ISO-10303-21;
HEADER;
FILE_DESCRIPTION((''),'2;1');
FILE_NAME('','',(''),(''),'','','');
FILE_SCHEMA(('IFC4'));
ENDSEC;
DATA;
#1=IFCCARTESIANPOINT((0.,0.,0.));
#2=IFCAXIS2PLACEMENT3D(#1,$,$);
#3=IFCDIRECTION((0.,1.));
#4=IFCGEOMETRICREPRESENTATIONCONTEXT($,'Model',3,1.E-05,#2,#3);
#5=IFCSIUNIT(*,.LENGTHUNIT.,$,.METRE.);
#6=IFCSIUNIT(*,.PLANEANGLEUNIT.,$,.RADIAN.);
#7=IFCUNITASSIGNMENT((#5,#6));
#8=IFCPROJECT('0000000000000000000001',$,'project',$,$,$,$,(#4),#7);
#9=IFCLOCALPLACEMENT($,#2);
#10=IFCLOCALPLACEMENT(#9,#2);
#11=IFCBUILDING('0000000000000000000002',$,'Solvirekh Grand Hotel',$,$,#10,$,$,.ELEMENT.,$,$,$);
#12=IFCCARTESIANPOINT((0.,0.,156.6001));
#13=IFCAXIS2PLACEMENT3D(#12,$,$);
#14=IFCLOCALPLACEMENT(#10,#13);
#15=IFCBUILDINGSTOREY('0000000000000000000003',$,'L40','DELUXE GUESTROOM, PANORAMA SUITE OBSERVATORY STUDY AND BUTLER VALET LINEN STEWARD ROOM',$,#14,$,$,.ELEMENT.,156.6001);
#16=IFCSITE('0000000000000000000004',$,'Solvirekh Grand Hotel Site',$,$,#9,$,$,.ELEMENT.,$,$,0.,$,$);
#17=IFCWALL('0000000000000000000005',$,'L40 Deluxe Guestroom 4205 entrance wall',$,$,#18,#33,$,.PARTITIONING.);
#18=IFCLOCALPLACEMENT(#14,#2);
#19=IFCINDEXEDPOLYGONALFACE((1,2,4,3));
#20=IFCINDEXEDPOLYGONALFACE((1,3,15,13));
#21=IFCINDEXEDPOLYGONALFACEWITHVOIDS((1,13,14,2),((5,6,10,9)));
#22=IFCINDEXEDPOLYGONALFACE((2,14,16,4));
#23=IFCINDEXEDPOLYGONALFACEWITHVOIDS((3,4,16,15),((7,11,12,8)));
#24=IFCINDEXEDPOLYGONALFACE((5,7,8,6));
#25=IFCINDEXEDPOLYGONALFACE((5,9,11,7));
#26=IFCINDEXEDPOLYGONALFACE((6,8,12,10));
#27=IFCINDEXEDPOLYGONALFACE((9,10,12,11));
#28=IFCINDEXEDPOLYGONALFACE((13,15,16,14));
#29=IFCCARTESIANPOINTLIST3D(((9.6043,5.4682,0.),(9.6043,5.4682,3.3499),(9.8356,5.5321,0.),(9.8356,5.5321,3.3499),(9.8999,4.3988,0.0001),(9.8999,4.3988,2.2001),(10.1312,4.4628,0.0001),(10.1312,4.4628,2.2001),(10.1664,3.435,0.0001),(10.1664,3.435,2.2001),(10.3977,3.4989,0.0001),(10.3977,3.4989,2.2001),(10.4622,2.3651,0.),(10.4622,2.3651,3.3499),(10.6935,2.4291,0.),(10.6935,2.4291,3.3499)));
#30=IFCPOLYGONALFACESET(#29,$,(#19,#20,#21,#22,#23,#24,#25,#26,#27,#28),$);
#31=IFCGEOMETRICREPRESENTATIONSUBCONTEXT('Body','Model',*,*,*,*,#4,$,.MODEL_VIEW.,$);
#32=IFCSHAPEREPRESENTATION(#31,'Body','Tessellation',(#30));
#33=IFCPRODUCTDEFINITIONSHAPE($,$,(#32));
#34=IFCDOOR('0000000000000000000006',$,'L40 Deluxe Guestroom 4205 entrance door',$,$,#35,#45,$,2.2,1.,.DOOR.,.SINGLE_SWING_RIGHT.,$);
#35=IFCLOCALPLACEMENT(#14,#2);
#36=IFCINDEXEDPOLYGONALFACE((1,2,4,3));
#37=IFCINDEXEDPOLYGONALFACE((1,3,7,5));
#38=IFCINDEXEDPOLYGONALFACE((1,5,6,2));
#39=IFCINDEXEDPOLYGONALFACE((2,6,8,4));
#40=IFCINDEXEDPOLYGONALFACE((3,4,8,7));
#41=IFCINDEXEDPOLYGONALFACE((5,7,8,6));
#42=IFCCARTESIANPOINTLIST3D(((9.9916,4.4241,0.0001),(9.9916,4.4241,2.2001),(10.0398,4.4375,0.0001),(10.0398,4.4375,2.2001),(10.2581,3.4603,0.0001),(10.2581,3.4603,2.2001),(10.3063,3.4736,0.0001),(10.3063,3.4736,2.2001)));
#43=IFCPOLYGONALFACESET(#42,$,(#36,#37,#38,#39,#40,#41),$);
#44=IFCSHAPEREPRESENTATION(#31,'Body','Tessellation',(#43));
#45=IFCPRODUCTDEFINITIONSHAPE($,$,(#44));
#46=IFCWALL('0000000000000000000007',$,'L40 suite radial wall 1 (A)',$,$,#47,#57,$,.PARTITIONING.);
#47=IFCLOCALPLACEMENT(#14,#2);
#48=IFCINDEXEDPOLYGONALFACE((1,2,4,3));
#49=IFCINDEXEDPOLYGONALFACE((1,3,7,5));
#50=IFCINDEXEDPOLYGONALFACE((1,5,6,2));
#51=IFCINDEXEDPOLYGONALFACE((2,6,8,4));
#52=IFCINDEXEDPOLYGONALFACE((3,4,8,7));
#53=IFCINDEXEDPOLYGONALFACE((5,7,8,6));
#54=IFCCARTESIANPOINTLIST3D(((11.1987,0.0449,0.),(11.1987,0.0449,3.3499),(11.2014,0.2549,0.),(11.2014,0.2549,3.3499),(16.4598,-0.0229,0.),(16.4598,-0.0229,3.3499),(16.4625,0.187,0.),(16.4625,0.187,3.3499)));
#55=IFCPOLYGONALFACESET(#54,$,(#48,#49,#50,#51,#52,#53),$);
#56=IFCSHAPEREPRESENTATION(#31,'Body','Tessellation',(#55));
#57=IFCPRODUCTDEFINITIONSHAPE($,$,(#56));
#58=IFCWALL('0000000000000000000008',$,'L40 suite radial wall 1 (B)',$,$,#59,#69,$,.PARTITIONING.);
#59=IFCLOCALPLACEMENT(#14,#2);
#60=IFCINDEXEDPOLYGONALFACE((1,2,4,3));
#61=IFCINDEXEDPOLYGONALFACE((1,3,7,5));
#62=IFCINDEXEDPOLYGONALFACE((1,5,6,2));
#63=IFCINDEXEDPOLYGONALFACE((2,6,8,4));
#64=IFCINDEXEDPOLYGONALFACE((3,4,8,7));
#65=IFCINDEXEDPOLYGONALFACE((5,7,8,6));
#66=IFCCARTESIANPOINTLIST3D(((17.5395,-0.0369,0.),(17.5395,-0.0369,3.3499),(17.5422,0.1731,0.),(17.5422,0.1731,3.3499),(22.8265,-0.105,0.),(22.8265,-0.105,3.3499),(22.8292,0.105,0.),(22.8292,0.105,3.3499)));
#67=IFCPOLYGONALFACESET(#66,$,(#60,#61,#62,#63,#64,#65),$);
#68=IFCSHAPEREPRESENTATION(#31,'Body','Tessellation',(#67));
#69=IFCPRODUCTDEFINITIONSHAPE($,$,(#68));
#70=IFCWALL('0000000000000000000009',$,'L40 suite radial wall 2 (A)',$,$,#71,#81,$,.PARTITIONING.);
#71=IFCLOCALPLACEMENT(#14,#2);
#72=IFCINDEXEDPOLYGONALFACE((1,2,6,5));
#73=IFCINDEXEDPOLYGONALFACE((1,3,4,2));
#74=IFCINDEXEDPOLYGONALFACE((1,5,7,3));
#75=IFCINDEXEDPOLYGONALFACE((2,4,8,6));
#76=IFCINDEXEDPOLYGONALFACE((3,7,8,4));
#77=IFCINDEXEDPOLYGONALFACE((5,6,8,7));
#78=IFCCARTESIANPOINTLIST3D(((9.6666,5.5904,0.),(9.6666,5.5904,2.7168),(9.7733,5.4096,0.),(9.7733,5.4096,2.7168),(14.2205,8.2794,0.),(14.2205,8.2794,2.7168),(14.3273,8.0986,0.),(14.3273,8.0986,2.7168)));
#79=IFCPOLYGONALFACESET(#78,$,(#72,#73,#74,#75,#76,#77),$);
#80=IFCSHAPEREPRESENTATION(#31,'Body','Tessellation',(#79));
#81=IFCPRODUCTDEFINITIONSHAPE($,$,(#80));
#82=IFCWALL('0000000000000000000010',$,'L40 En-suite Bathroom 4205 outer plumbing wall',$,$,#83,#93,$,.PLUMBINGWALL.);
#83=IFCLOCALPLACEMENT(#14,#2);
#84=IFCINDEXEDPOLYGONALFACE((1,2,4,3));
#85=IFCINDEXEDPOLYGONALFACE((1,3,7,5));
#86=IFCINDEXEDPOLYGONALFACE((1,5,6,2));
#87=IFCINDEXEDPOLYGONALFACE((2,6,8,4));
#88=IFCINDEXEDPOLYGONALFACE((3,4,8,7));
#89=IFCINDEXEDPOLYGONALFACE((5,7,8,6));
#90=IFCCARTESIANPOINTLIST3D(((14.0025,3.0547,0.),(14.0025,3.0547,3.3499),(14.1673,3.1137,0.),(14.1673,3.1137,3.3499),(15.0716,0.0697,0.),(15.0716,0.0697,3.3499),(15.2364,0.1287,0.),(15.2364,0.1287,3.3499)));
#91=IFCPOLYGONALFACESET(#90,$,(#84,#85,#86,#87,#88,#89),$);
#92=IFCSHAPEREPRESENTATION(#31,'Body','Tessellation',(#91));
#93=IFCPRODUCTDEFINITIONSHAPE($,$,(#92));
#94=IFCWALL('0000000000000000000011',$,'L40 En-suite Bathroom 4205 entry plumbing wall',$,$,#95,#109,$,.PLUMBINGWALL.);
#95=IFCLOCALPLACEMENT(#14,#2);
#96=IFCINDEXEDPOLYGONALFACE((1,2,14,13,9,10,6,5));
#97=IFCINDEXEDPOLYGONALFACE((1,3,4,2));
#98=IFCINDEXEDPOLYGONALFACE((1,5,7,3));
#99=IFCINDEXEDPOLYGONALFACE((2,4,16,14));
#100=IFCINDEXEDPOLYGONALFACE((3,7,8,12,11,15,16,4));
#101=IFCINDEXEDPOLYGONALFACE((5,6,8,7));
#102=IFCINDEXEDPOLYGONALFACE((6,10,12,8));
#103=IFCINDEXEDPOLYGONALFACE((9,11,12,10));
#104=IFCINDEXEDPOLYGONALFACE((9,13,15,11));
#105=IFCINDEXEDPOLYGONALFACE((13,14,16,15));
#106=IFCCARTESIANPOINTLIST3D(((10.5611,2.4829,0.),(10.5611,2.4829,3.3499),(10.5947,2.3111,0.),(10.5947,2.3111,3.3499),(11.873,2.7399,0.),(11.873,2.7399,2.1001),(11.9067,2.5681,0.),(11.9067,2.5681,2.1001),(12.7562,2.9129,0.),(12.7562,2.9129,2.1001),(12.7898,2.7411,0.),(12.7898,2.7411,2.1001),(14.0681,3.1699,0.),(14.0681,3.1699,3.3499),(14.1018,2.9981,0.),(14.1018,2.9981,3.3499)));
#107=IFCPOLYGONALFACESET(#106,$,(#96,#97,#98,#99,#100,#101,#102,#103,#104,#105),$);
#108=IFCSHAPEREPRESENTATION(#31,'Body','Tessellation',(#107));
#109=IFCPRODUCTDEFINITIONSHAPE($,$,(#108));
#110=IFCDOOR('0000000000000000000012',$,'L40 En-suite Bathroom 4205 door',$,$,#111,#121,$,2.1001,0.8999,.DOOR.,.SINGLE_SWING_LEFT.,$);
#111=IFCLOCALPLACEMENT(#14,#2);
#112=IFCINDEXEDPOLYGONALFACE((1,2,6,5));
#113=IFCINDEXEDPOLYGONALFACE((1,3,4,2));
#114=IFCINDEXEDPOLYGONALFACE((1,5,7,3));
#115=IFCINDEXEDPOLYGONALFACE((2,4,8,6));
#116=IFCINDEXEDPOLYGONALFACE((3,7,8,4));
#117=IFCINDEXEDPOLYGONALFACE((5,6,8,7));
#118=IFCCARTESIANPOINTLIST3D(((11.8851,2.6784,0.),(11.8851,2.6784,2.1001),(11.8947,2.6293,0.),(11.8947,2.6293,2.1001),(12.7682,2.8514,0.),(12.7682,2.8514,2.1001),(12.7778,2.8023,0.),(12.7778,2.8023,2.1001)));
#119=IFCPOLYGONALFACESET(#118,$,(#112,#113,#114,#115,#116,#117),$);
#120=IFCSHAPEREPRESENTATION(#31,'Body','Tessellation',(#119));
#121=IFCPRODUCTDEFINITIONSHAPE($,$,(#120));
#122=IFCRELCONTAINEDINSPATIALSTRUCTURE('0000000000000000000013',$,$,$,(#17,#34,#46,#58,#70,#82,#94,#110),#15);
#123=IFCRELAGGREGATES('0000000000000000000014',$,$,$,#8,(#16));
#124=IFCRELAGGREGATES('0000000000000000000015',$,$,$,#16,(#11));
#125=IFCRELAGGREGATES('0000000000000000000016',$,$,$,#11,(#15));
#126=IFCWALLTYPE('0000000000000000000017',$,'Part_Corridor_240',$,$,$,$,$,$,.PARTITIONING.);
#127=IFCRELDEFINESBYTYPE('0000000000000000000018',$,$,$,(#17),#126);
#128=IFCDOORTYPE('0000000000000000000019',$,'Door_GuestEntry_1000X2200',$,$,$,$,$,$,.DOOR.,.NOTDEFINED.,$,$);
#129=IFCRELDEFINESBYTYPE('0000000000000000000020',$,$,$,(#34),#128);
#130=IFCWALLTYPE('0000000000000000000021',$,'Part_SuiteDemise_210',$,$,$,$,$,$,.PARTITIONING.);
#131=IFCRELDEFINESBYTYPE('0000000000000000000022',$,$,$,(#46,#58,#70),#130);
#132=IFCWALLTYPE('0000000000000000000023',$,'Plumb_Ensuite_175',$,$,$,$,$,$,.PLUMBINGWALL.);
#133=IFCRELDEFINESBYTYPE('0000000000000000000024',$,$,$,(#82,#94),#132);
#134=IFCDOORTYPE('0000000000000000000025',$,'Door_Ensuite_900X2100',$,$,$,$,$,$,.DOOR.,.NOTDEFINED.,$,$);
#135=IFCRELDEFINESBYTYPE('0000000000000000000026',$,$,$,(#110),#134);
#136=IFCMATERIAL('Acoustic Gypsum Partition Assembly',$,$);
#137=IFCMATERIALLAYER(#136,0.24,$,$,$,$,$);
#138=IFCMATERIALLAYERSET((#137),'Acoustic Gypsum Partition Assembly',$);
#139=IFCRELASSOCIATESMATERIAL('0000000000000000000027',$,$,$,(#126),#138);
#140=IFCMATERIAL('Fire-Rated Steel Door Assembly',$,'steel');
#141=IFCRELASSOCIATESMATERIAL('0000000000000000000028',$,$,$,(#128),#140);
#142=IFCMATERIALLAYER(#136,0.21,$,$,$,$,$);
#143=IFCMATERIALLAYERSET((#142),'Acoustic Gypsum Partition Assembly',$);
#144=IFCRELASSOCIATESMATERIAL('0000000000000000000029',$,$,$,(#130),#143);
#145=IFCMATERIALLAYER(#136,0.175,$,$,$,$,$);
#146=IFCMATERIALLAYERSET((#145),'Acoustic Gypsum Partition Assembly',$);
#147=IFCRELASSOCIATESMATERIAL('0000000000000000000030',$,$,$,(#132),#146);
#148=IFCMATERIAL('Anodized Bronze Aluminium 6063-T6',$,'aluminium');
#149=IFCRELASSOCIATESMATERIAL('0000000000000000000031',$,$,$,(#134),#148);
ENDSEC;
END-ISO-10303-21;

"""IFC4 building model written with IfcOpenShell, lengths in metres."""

from ifc_helpers import new_model, si_unit, direction, frame, frame_2d, origin, place, context, subcontext, project, spatial, rectangle, extrude, material, layer, layer_set, type_object, element, fill, save


model = new_model("IFC4")

# Units and contexts
model_context = context("Model", 3, precision=1e-05, world=origin(), true_north=direction((0.0, 1.0)))
body_context = subcontext(model_context, "Body", "Model", "MODEL_VIEW")
ifc_project = project(units=[si_unit("LENGTHUNIT", "METRE"), si_unit("PLANEANGLEUNIT", "RADIAN")], contexts=[model_context])

# Site, building, storey
site_placement = place(None, origin())
site = spatial("IfcSite", under=ifc_project, at=site_placement, Name="Solvirekh Grand Hotel Site", CompositionType="ELEMENT", RefElevation=0.0)
building_placement = place(site_placement, origin())
building = spatial("IfcBuilding", under=site, at=building_placement, Name="Solvirekh Grand Hotel", CompositionType="ELEMENT")
storey_placement = place(building_placement, frame((0.0, 0.0, 156.6001)))
storey = spatial("IfcBuildingStorey", under=building, at=storey_placement, Name="L40", Description="DELUXE GUESTROOM, PANORAMA SUITE OBSERVATORY STUDY AND BUTLER VALET LINEN STEWARD ROOM", CompositionType="ELEMENT", Elevation=156.6001)

# Shared definitions
ifc_material_1 = material(Name="Acoustic Gypsum Partition Assembly")
ifc_material_2 = material(Name="Anodized Bronze Aluminium 6063-T6", Category="aluminium")

# Shared definitions
ifc_layer_1 = layer(ifc_material_1, 0.24)
ifc_layer_set_1 = layer_set([ifc_layer_1], Name="Acoustic Gypsum Partition Assembly")
wall_type_1 = type_object("IfcWallType", Name="Part_Corridor_240", PredefinedType="PARTITIONING", material=ifc_layer_set_1)

# Wall, opening, door
wall_1_placement = place(storey_placement, frame((10.5779, 2.397, 0.0), z_axis=(0.0, 0.0, 1.0), x_axis=(-0.266478, 0.963841, 0.0)))
wall_1 = element("IfcWall", 1, at=wall_1_placement, inside=storey, type_object=wall_type_1, Name="L40 Deluxe Guestroom 4205 entrance wall", PredefinedType="PARTITIONING", context=body_context, shape_type="SweptSolid", body=[
    extrude(rectangle(XDim=3.2195, YDim=0.24, at=frame_2d((1.6099, 0.0))), origin(), (0.0, 0.0, 1.0), 3.3499),
])
opening_1_placement = place(wall_1_placement, frame((1.1101, 0.0, 0.0)))
opening_1 = element("IfcOpeningElement", 2, at=opening_1_placement, cuts=wall_1, PredefinedType="OPENING", context=body_context, shape_type="SweptSolid", body=[
    extrude(rectangle(XDim=1.0, YDim=2.2, at=frame_2d((0.5, 1.1001))), frame((0.0, 0.1299, 0.0), z_axis=(0.0, -1.0, 0.0), x_axis=(1.0, 0.0, 0.0)), (0.0, 0.0, 1.0), 0.26),
])
ifc_material_3 = material(Name="Fire-Rated Steel Door Assembly", Category="steel")
door_type_1 = type_object("IfcDoorType", Name="Door_GuestEntry_1000X2200", OperationType="NOTDEFINED", PredefinedType="DOOR", material=ifc_material_3)
door_1_placement = place(opening_1_placement, origin())
door_1 = element("IfcDoor", 3, at=door_1_placement, inside=storey, type_object=door_type_1, Name="L40 Deluxe Guestroom 4205 entrance door", OperationType="SINGLE_SWING_RIGHT", OverallHeight=2.2, OverallWidth=1.0, PredefinedType="DOOR", context=body_context, shape_type="SweptSolid", body=[
    extrude(rectangle(XDim=1.0, YDim=2.2, at=frame_2d((0.5, 1.1001))), frame((0.0, 0.0249, 0.0), z_axis=(0.0, -1.0, 0.0), x_axis=(1.0, 0.0, 0.0)), (0.0, 0.0, 1.0), 0.05),
])
fill(opening_1, door_1)

# Walls
ifc_layer_2 = layer(ifc_material_1, 0.21)
ifc_layer_set_2 = layer_set([ifc_layer_2], Name="Acoustic Gypsum Partition Assembly")
wall_type_2 = type_object("IfcWallType", Name="Part_SuiteDemise_210", PredefinedType="PARTITIONING", material=ifc_layer_set_2)
wall_2_placement = place(storey_placement, frame((11.2, 0.1499, 0.0), z_axis=(0.0, 0.0, 1.0), x_axis=(0.999917, -0.0129, 0.0)))
element("IfcWall", 4, at=wall_2_placement, inside=storey, type_object=wall_type_2, Name="L40 suite radial wall 1 (A)", PredefinedType="PARTITIONING", context=body_context, shape_type="SweptSolid", body=[
    extrude(rectangle(XDim=5.2615, YDim=0.21, at=frame_2d((2.6309, 0.0))), origin(), (0.0, 0.0, 1.0), 3.3499),
])
wall_3_placement = place(storey_placement, frame((17.541, 0.0681, 0.0), z_axis=(0.0, 0.0, 1.0), x_axis=(0.999917, -0.012883, 0.0)))
element("IfcWall", 5, at=wall_3_placement, inside=storey, type_object=wall_type_2, Name="L40 suite radial wall 1 (B)", PredefinedType="PARTITIONING", context=body_context, shape_type="SweptSolid", body=[
    extrude(rectangle(XDim=5.2874, YDim=0.21, at=frame_2d((2.6436, 0.0))), origin(), (0.0, 0.0, 1.0), 3.3499),
])
wall_4_placement = place(storey_placement, frame((9.72, 5.5, 0.0), z_axis=(0.0, 0.0, 1.0), x_axis=(0.861093, 0.508448, 0.0)))
element("IfcWall", 6, at=wall_4_placement, inside=storey, type_object=wall_type_2, Name="L40 suite radial wall 2 (A)", PredefinedType="PARTITIONING", context=body_context, shape_type="SweptSolid", body=[
    extrude(rectangle(XDim=5.2886, YDim=0.21, at=frame_2d((2.6443, 0.0))), origin(), (0.0, 0.0, 1.0), 2.7168),
])
ifc_layer_3 = layer(ifc_material_1, 0.175)
ifc_layer_set_3 = layer_set([ifc_layer_3], Name="Acoustic Gypsum Partition Assembly")
wall_type_3 = type_object("IfcWallType", Name="Plumb_Ensuite_175", PredefinedType="PLUMBINGWALL", material=ifc_layer_set_3)
wall_5_placement = place(storey_placement, frame((15.1541, 0.0991, 0.0), z_axis=(0.0, 0.0, 1.0), x_axis=(-0.337195, 0.941435, 0.0)))
element("IfcWall", 7, at=wall_5_placement, inside=storey, type_object=wall_type_3, Name="L40 En-suite Bathroom 4205 outer plumbing wall", PredefinedType="PLUMBINGWALL", context=body_context, shape_type="SweptSolid", body=[
    extrude(rectangle(XDim=3.1707, YDim=0.175, at=frame_2d((1.5854, 0.0))), origin(), (0.0, 0.0, 1.0), 3.3499),
])

# Wall, opening, door
wall_6_placement = place(storey_placement, frame((10.5779, 2.397, 0.0), z_axis=(0.0, 0.0, 1.0), x_axis=(0.981348, 0.192239, 0.0)))
wall_6 = element("IfcWall", 8, at=wall_6_placement, inside=storey, type_object=wall_type_3, Name="L40 En-suite Bathroom 4205 entry plumbing wall", PredefinedType="PLUMBINGWALL", context=body_context, shape_type="SweptSolid", body=[
    extrude(rectangle(XDim=3.5737, YDim=0.175, at=frame_2d((1.7869, 0.0))), origin(), (0.0, 0.0, 1.0), 3.3499),
])
opening_2_placement = place(wall_6_placement, frame((1.3369, 0.0, 0.0)))
opening_2 = element("IfcOpeningElement", 9, at=opening_2_placement, cuts=wall_6, PredefinedType="OPENING", context=body_context, shape_type="SweptSolid", body=[
    extrude(rectangle(XDim=0.8999, YDim=2.1001, at=frame_2d((0.45, 1.05))), frame((0.0, 0.0977, 0.0), z_axis=(0.0, -1.0, 0.0), x_axis=(1.0, 0.0, 0.0)), (0.0, 0.0, 1.0), 0.1951),
])
door_type_2 = type_object("IfcDoorType", Name="Door_Ensuite_900X2100", OperationType="NOTDEFINED", PredefinedType="DOOR", material=ifc_material_2)
door_2_placement = place(opening_2_placement, origin())
door_2 = element("IfcDoor", 10, at=door_2_placement, inside=storey, type_object=door_type_2, Name="L40 En-suite Bathroom 4205 door", OperationType="SINGLE_SWING_LEFT", OverallHeight=2.1001, OverallWidth=0.8999, PredefinedType="DOOR", context=body_context, shape_type="SweptSolid", body=[
    extrude(rectangle(XDim=0.8999, YDim=2.1001, at=frame_2d((0.45, 1.05))), frame((0.0, 0.0249, 0.0), z_axis=(0.0, -1.0, 0.0), x_axis=(1.0, 0.0, 0.0)), (0.0, 0.0, 1.0), 0.05),
])
fill(opening_2, door_2)

save(model, "model.ifc")
